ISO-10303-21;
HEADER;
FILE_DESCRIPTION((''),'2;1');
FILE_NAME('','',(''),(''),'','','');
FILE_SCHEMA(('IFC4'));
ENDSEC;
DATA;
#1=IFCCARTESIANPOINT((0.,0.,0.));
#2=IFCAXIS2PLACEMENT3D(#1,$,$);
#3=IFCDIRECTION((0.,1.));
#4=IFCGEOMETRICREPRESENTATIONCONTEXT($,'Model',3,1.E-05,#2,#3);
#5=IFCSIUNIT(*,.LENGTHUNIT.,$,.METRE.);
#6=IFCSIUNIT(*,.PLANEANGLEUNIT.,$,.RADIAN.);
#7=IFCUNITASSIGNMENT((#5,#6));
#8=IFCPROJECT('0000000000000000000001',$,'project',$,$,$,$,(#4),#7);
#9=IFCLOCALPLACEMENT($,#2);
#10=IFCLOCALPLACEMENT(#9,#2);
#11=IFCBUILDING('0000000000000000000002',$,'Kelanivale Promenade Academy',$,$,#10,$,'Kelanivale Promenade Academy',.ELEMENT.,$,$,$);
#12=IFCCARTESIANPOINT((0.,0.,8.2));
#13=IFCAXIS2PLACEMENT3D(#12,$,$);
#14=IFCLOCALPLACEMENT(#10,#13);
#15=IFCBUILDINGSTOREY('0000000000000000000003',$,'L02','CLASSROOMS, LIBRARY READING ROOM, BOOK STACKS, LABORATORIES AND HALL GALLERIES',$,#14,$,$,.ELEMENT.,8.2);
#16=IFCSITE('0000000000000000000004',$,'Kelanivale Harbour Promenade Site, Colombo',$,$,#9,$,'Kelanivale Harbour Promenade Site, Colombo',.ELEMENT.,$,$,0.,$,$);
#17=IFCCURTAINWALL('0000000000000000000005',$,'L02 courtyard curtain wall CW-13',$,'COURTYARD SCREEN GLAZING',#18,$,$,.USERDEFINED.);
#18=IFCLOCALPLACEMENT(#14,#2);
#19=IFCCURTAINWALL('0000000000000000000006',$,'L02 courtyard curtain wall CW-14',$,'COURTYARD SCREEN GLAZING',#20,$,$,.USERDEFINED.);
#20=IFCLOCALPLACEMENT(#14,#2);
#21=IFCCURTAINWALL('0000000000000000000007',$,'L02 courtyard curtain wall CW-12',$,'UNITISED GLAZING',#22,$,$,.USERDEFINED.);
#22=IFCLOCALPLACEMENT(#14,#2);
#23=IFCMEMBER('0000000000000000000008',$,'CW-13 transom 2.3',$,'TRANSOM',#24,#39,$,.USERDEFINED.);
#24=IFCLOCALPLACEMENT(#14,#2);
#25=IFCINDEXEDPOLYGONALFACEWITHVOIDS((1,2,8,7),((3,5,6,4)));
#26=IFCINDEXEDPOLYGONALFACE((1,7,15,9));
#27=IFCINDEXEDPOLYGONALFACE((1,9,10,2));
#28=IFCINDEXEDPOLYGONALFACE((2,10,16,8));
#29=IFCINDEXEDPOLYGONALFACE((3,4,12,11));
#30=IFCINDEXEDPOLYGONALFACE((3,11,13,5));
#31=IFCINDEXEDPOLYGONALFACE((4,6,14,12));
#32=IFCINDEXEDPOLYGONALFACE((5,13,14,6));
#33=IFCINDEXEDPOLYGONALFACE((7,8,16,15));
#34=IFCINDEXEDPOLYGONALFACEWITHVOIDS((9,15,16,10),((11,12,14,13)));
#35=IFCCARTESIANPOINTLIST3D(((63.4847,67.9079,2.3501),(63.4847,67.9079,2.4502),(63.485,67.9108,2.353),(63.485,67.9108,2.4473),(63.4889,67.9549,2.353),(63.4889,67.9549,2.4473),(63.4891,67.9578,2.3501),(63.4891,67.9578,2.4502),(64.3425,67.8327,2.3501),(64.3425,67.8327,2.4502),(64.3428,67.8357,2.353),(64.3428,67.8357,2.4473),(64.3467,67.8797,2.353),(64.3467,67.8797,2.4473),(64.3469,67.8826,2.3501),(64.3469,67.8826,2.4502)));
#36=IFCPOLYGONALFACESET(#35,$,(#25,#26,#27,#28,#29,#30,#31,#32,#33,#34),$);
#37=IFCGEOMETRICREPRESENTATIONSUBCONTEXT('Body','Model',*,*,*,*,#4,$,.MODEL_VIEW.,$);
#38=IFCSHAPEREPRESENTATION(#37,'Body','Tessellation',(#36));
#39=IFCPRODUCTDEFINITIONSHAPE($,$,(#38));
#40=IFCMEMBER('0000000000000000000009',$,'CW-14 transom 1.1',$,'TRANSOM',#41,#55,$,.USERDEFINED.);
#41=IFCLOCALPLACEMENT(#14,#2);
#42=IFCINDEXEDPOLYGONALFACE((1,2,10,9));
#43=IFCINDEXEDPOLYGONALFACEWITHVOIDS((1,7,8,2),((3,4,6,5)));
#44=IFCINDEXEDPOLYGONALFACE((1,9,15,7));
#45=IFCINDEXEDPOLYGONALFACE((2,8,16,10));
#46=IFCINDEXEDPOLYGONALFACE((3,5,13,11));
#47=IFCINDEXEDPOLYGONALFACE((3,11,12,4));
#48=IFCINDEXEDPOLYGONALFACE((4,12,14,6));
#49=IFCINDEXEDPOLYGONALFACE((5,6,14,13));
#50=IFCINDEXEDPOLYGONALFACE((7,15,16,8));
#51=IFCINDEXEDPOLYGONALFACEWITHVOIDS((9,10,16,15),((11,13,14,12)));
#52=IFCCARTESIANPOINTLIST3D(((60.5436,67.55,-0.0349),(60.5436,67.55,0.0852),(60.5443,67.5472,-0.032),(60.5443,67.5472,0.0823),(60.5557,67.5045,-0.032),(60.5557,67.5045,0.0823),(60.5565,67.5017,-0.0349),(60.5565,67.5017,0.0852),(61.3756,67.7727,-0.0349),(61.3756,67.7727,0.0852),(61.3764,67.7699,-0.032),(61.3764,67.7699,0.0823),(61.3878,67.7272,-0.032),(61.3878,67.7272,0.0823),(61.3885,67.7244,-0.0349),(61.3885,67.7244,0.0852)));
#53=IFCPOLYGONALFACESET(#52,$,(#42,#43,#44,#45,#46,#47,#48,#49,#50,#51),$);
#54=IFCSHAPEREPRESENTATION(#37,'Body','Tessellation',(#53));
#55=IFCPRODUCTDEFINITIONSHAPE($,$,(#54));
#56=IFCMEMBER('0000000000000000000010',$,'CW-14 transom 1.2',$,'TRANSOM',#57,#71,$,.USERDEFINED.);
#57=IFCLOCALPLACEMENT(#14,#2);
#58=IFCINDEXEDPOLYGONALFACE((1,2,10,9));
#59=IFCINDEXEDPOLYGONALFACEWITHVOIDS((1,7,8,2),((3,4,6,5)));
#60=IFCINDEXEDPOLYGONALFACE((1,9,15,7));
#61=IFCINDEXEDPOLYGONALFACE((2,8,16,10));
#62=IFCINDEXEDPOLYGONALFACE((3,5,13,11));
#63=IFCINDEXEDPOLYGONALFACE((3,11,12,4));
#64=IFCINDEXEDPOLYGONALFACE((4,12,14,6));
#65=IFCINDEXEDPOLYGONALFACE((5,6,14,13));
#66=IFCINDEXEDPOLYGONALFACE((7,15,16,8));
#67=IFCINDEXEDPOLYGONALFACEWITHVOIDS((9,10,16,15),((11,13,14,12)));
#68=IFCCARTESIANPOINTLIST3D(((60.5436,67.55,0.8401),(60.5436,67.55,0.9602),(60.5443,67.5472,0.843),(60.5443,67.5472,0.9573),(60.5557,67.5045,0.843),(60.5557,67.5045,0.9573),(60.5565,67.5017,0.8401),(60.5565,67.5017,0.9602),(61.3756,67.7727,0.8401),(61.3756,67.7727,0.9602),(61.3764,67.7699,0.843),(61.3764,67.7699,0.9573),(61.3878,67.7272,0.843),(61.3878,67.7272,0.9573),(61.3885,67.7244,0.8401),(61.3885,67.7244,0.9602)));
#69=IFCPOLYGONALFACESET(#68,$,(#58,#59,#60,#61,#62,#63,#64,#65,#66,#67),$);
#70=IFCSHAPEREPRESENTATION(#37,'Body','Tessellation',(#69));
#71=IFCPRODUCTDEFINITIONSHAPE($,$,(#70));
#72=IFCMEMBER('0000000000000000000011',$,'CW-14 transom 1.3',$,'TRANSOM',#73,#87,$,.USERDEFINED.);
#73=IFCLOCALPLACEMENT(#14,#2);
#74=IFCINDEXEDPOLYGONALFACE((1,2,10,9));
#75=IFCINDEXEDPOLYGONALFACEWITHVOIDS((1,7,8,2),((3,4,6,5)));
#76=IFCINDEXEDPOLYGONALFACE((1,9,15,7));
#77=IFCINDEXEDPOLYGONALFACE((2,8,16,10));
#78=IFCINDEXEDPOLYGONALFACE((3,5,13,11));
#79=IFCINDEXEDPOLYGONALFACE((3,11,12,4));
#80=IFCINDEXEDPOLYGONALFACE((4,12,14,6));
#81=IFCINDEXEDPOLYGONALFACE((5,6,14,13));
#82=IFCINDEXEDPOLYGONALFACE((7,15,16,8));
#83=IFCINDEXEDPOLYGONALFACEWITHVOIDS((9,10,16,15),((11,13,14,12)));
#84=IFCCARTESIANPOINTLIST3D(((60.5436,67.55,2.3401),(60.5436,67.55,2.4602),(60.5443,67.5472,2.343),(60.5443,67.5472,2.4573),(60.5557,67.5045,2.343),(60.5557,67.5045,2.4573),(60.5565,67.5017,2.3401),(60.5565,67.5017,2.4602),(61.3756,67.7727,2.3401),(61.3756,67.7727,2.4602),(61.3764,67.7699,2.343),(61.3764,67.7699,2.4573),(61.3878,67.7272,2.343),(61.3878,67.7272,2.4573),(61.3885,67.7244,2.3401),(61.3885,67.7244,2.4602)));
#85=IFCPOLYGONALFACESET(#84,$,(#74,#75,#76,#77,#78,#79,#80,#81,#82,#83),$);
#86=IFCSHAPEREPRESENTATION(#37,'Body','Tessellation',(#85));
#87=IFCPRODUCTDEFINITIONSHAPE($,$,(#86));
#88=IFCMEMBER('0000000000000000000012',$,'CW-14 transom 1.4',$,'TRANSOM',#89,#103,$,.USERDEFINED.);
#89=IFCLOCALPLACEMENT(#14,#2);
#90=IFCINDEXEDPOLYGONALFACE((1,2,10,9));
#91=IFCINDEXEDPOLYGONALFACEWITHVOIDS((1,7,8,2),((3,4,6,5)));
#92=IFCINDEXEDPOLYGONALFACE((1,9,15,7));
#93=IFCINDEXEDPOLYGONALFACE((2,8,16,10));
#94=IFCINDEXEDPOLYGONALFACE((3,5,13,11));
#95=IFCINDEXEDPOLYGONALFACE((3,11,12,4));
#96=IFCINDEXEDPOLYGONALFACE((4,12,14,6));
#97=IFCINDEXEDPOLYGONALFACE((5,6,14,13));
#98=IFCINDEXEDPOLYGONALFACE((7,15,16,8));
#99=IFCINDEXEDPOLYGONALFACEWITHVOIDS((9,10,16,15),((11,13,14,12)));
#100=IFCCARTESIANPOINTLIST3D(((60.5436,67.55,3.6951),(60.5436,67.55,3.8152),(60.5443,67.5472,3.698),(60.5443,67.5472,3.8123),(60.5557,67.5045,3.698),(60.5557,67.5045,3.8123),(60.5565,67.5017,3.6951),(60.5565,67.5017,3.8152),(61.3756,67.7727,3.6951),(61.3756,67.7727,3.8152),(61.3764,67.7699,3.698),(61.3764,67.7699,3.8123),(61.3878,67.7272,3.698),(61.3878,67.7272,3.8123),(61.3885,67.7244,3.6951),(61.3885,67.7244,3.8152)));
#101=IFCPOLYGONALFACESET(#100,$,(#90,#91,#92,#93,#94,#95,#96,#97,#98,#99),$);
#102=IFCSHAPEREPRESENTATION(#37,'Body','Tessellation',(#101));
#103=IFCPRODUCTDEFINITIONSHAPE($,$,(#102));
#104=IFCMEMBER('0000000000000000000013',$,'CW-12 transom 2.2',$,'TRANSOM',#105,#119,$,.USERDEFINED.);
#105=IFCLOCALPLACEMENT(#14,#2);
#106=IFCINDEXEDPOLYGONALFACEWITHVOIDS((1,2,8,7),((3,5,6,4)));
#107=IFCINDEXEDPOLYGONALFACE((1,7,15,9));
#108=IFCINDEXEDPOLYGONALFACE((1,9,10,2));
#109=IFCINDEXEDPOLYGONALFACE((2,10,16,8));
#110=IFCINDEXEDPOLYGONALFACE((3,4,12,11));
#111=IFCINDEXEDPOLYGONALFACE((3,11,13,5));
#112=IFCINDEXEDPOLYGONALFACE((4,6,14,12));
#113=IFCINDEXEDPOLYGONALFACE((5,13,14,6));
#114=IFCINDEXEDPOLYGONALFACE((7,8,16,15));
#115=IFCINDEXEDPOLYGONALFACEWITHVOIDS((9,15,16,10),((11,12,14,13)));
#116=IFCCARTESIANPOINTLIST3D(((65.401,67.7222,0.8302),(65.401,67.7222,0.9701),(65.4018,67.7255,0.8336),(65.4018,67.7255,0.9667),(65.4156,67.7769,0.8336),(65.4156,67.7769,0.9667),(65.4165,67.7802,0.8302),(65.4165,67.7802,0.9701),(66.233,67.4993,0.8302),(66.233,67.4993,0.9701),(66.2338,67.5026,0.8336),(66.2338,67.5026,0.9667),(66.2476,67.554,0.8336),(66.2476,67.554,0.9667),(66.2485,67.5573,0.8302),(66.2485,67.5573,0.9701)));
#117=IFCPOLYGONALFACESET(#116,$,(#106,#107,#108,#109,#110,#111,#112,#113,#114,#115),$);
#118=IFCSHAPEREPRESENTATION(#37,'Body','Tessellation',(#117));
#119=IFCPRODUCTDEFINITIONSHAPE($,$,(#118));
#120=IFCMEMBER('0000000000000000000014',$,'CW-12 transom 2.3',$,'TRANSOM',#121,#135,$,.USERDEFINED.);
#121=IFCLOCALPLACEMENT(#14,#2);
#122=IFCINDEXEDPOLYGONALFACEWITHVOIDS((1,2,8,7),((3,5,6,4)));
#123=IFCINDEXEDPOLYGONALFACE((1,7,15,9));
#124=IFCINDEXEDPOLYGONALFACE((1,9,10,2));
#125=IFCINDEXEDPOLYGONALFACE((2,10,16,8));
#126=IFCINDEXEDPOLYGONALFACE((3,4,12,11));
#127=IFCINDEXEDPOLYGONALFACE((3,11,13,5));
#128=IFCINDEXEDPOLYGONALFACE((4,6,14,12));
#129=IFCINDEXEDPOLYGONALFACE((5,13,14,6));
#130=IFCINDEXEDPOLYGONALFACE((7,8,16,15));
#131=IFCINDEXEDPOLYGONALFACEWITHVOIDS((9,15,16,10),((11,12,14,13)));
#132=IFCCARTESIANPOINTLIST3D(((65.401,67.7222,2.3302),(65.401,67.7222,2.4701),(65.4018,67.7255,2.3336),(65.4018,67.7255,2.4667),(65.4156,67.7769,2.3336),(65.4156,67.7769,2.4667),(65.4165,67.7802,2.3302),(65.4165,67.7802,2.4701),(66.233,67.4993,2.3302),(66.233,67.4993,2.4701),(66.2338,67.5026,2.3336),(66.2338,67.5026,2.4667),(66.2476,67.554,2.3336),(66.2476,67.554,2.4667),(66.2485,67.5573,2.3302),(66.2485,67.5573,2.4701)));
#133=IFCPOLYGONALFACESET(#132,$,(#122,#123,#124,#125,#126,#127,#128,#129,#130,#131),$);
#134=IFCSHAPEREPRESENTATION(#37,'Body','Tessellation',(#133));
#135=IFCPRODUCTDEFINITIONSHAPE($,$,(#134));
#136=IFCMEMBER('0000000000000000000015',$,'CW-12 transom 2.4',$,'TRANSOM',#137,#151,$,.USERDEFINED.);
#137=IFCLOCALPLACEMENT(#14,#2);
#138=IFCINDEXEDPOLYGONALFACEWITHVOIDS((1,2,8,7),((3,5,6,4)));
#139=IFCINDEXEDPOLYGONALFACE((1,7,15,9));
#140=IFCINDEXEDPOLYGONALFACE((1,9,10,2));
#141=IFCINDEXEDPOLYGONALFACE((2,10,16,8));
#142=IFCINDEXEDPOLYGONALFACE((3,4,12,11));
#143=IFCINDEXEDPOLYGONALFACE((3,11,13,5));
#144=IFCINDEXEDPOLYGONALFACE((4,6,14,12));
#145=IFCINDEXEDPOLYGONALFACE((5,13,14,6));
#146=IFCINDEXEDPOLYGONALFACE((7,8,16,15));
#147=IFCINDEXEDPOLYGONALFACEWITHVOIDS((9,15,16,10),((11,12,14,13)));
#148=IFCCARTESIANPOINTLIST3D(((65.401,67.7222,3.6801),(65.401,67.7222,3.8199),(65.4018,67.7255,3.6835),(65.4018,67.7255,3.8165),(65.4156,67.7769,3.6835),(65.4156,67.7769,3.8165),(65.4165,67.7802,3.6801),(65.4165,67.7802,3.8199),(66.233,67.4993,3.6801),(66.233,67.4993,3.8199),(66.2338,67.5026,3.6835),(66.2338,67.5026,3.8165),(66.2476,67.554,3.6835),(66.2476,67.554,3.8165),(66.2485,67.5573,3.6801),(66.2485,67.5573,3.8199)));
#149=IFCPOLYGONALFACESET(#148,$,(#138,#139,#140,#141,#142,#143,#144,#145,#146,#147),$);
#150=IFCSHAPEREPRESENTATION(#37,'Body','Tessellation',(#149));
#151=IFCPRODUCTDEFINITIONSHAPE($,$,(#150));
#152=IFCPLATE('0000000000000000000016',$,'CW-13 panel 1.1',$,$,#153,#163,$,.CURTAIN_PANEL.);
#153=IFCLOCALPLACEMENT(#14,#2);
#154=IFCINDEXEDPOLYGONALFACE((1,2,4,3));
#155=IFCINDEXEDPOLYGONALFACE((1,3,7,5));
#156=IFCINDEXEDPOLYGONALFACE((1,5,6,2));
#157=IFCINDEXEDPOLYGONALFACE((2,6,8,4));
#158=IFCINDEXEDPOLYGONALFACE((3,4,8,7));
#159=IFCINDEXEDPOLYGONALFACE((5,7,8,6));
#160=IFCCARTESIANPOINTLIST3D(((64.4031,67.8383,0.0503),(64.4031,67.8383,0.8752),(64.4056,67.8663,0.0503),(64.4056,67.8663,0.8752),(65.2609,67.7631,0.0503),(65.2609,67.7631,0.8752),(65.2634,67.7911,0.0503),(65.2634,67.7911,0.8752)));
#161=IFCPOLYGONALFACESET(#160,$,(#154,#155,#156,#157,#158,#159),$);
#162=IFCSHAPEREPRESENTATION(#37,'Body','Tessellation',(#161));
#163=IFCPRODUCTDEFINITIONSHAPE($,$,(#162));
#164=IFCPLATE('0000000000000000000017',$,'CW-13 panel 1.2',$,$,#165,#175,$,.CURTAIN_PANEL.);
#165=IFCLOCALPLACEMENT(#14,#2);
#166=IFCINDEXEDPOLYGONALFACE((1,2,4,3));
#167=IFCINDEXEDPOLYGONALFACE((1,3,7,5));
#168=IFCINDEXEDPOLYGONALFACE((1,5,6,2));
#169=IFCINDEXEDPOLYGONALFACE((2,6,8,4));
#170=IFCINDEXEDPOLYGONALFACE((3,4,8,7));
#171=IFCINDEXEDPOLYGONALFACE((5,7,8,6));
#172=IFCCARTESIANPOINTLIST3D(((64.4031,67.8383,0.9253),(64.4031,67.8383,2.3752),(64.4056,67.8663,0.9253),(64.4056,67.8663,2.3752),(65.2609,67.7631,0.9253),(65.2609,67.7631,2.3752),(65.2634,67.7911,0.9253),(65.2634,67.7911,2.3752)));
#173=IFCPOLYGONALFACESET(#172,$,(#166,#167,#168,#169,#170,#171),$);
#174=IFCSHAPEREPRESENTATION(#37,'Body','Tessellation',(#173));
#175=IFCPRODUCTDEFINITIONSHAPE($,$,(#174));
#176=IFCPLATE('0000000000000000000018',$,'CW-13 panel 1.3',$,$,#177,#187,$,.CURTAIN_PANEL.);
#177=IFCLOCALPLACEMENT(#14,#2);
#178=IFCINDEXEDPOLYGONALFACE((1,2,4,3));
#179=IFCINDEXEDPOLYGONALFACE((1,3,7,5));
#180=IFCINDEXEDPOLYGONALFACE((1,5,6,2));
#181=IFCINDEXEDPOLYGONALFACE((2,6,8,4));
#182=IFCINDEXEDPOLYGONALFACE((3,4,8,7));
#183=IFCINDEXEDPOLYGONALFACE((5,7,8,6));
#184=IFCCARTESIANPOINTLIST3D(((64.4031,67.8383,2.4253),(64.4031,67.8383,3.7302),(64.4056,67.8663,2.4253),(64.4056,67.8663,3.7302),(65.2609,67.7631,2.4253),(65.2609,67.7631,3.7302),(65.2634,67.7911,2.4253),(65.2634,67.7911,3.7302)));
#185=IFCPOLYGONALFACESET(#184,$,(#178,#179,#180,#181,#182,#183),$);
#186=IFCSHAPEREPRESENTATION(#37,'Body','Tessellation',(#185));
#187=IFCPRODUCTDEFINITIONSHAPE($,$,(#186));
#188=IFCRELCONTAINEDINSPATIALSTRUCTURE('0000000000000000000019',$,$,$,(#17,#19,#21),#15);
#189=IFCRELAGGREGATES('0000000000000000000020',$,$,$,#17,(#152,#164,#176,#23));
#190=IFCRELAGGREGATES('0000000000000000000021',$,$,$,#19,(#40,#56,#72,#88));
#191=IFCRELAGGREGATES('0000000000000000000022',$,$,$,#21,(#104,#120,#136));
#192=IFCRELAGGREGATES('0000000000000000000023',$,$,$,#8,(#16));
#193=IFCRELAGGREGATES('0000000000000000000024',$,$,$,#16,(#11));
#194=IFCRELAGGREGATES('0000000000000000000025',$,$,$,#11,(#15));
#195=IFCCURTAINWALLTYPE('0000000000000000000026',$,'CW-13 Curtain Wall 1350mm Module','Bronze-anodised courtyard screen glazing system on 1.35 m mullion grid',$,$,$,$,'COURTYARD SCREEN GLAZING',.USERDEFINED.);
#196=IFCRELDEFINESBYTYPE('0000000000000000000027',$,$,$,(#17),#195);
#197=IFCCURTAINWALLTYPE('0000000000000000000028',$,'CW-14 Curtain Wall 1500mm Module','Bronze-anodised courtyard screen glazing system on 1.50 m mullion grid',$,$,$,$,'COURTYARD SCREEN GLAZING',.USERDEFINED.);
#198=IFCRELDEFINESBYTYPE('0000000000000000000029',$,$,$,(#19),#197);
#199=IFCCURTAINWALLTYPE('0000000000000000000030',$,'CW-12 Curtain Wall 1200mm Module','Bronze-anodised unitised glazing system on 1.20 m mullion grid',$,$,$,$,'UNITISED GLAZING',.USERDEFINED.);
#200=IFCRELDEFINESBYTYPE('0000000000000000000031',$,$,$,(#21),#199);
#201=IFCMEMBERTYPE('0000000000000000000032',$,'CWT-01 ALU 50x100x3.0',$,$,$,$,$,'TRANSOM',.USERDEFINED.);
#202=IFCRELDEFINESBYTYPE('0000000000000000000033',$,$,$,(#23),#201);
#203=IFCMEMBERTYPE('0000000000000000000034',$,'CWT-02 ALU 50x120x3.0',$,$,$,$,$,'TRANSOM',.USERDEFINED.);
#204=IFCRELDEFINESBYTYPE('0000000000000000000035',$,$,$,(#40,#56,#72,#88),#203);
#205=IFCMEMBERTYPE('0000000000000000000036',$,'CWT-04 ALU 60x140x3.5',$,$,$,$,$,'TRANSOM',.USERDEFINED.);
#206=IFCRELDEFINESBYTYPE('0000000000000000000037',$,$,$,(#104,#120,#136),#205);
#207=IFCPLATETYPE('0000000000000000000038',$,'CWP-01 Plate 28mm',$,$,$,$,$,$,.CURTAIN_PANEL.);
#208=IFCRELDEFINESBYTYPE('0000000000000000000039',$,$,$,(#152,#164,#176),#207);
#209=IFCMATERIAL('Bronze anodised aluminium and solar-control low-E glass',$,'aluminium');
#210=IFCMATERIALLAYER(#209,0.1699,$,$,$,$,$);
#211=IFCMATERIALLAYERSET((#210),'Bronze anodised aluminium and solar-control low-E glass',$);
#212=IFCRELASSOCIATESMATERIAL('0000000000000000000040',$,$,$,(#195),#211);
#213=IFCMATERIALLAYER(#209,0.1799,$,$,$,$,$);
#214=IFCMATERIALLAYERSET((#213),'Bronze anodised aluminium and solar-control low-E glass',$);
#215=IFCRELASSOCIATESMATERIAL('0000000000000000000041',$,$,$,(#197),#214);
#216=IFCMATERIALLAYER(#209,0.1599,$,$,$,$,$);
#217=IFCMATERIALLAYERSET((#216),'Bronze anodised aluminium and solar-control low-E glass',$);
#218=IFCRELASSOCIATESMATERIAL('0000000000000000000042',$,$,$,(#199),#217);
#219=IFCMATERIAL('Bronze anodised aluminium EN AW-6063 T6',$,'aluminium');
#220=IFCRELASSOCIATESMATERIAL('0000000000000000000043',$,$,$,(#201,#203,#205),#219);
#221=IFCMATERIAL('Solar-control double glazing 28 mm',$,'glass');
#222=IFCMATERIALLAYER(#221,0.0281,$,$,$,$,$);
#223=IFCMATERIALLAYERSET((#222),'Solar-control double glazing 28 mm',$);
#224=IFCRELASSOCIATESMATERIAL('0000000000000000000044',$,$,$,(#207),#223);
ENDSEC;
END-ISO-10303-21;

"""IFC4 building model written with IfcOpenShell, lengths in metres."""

from ifc_helpers import new_model, si_unit, direction, frame, origin, origin_2d, place, context, subcontext, project, spatial, rectangle, hollow_rectangle, extrude, material, layer, layer_set, material_profile, profile_set, type_object, element, aggregate, save


model = new_model("IFC4")

# Units and contexts
model_context = context("Model", 3, precision=1e-05, world=origin(), true_north=direction((0.0, 1.0)))
body_context = subcontext(model_context, "Body", "Model", "MODEL_VIEW")
ifc_project = project(units=[si_unit("LENGTHUNIT", "METRE"), si_unit("PLANEANGLEUNIT", "RADIAN")], contexts=[model_context])

# Site, building, storey
site_placement = place(None, origin())
site = spatial("IfcSite", under=ifc_project, at=site_placement, Name="Kelanivale Harbour Promenade Site, Colombo", LongName="Kelanivale Harbour Promenade Site, Colombo", CompositionType="ELEMENT", RefElevation=0.0)
building_placement = place(site_placement, origin())
building = spatial("IfcBuilding", under=site, at=building_placement, Name="Kelanivale Promenade Academy", LongName="Kelanivale Promenade Academy", CompositionType="ELEMENT")
storey_placement = place(building_placement, frame((0.0, 0.0, 8.2)))
storey = spatial("IfcBuildingStorey", under=building, at=storey_placement, Name="L02", Description="CLASSROOMS, LIBRARY READING ROOM, BOOK STACKS, LABORATORIES AND HALL GALLERIES", CompositionType="ELEMENT", Elevation=8.2)

# Curtain wall
ifc_material_1 = material(Name="Bronze anodised aluminium and solar-control low-E glass", Category="aluminium")
ifc_layer_1 = layer(ifc_material_1, 0.1699)
ifc_layer_set_1 = layer_set([ifc_layer_1], Name="Bronze anodised aluminium and solar-control low-E glass")
curtain_wall_type_1 = type_object("IfcCurtainWallType", Name="CW-13 Curtain Wall 1350mm Module", Description="Bronze-anodised courtyard screen glazing system on 1.35 m mullion grid", ElementType="COURTYARD SCREEN GLAZING", PredefinedType="USERDEFINED", material=ifc_layer_set_1)
curtain_wall_1_placement = place(storey_placement, origin())
curtain_wall_1 = element("IfcCurtainWall", 1, at=curtain_wall_1_placement, inside=storey, type_object=curtain_wall_type_1, Name="L02 courtyard curtain wall CW-13", ObjectType="COURTYARD SCREEN GLAZING", PredefinedType="USERDEFINED")
ifc_material_2 = material(Name="Bronze anodised aluminium EN AW-6063 T6", Category="aluminium")

# Curtain walls
ifc_layer_2 = layer(ifc_material_1, 0.1799)
ifc_layer_set_2 = layer_set([ifc_layer_2], Name="Bronze anodised aluminium and solar-control low-E glass")
curtain_wall_type_2 = type_object("IfcCurtainWallType", Name="CW-14 Curtain Wall 1500mm Module", Description="Bronze-anodised courtyard screen glazing system on 1.50 m mullion grid", ElementType="COURTYARD SCREEN GLAZING", PredefinedType="USERDEFINED", material=ifc_layer_set_2)
curtain_wall_2_placement = place(storey_placement, origin())
curtain_wall_2 = element("IfcCurtainWall", 2, at=curtain_wall_2_placement, inside=storey, type_object=curtain_wall_type_2, Name="L02 courtyard curtain wall CW-14", ObjectType="COURTYARD SCREEN GLAZING", PredefinedType="USERDEFINED")
ifc_layer_3 = layer(ifc_material_1, 0.1599)
ifc_layer_set_3 = layer_set([ifc_layer_3], Name="Bronze anodised aluminium and solar-control low-E glass")
curtain_wall_type_3 = type_object("IfcCurtainWallType", Name="CW-12 Curtain Wall 1200mm Module", Description="Bronze-anodised unitised glazing system on 1.20 m mullion grid", ElementType="UNITISED GLAZING", PredefinedType="USERDEFINED", material=ifc_layer_set_3)
curtain_wall_3_placement = place(storey_placement, origin())
curtain_wall_3 = element("IfcCurtainWall", 3, at=curtain_wall_3_placement, inside=storey, type_object=curtain_wall_type_3, Name="L02 courtyard curtain wall CW-12", ObjectType="UNITISED GLAZING", PredefinedType="USERDEFINED")

# Members
ifc_material_profile_1 = material_profile(ifc_material_2, hollow_rectangle(XDim=0.05, YDim=0.1001, WallThickness=0.0029, at=origin_2d()), Name="ALU 50x100x3.0")
ifc_profile_set_1 = profile_set([ifc_material_profile_1], Name="Bronze anodised aluminium EN AW-6063 T6")
member_type_1 = type_object("IfcMemberType", Name="CWT-01 ALU 50x100x3.0", ElementType="TRANSOM", PredefinedType="USERDEFINED", material=ifc_profile_set_1)
member_1_placement = place(storey_placement, frame((64.3447, 67.8577, 2.4001), z_axis=(-0.996181, 0.087315, 0.0), x_axis=(-0.087315, -0.996181, 0.0)))
member_1 = element("IfcMember", 4, at=member_1_placement, type_object=member_type_1, Name="CW-13 transom 2.3", ObjectType="TRANSOM", PredefinedType="USERDEFINED", context=body_context, shape_type="SweptSolid", body=[
    extrude(hollow_rectangle(XDim=0.05, YDim=0.1001, WallThickness=0.0029, at=origin_2d()), origin(), (0.0, 0.0, 1.0), 0.8611),
])
ifc_material_profile_2 = material_profile(ifc_material_2, hollow_rectangle(XDim=0.05, YDim=0.1201, WallThickness=0.0029, at=origin_2d()), Name="ALU 50x120x3.0")
ifc_profile_set_2 = profile_set([ifc_material_profile_2], Name="Bronze anodised aluminium EN AW-6063 T6")
member_type_2 = type_object("IfcMemberType", Name="CWT-02 ALU 50x120x3.0", ElementType="TRANSOM", PredefinedType="USERDEFINED", material=ifc_profile_set_2)
member_2_placement = place(storey_placement, frame((61.3821, 67.7485, 0.0251), z_axis=(-0.966009, -0.258509, 0.0), x_axis=(0.258509, -0.966009, 0.0)))
member_2 = element("IfcMember", 5, at=member_2_placement, type_object=member_type_2, Name="CW-14 transom 1.1", ObjectType="TRANSOM", PredefinedType="USERDEFINED", context=body_context, shape_type="SweptSolid", body=[
    extrude(hollow_rectangle(XDim=0.05, YDim=0.1201, WallThickness=0.0029, at=origin_2d()), origin(), (0.0, 0.0, 1.0), 0.8613),
])
member_3_placement = place(storey_placement, frame((61.3821, 67.7485, 0.9001), z_axis=(-0.966009, -0.258509, 0.0), x_axis=(0.258509, -0.966009, 0.0)))
member_3 = element("IfcMember", 6, at=member_3_placement, type_object=member_type_2, Name="CW-14 transom 1.2", ObjectType="TRANSOM", PredefinedType="USERDEFINED", context=body_context, shape_type="SweptSolid", body=[
    extrude(hollow_rectangle(XDim=0.05, YDim=0.1201, WallThickness=0.0029, at=origin_2d()), origin(), (0.0, 0.0, 1.0), 0.8613),
])
member_4_placement = place(storey_placement, frame((61.3821, 67.7485, 2.4001), z_axis=(-0.966009, -0.258509, 0.0), x_axis=(0.258509, -0.966009, 0.0)))
member_4 = element("IfcMember", 7, at=member_4_placement, type_object=member_type_2, Name="CW-14 transom 1.3", ObjectType="TRANSOM", PredefinedType="USERDEFINED", context=body_context, shape_type="SweptSolid", body=[
    extrude(hollow_rectangle(XDim=0.05, YDim=0.1201, WallThickness=0.0029, at=origin_2d()), origin(), (0.0, 0.0, 1.0), 0.8613),
])
member_5_placement = place(storey_placement, frame((61.3821, 67.7485, 3.7551), z_axis=(-0.966009, -0.258509, 0.0), x_axis=(0.258509, -0.966009, 0.0)))
member_5 = element("IfcMember", 8, at=member_5_placement, type_object=member_type_2, Name="CW-14 transom 1.4", ObjectType="TRANSOM", PredefinedType="USERDEFINED", context=body_context, shape_type="SweptSolid", body=[
    extrude(hollow_rectangle(XDim=0.05, YDim=0.1201, WallThickness=0.0029, at=origin_2d()), origin(), (0.0, 0.0, 1.0), 0.8613),
])
ifc_material_profile_3 = material_profile(ifc_material_2, hollow_rectangle(XDim=0.0601, YDim=0.1399, WallThickness=0.0034, at=origin_2d()), Name="ALU 60x140x3.5")
ifc_profile_set_3 = profile_set([ifc_material_profile_3], Name="Bronze anodised aluminium EN AW-6063 T6")
member_type_3 = type_object("IfcMemberType", Name="CWT-04 ALU 60x140x3.5", ElementType="TRANSOM", PredefinedType="USERDEFINED", material=ifc_profile_set_3)
member_6_placement = place(storey_placement, frame((66.2407, 67.5283, 0.9001), z_axis=(-0.965938, 0.258774, 0.0), x_axis=(-0.258774, -0.965938, 0.0)))
member_6 = element("IfcMember", 9, at=member_6_placement, type_object=member_type_3, Name="CW-12 transom 2.2", ObjectType="TRANSOM", PredefinedType="USERDEFINED", context=body_context, shape_type="SweptSolid", body=[
    extrude(hollow_rectangle(XDim=0.0601, YDim=0.1399, WallThickness=0.0034, at=origin_2d()), origin(), (0.0, 0.0, 1.0), 0.8613),
])
member_7_placement = place(storey_placement, frame((66.2407, 67.5283, 2.4001), z_axis=(-0.965938, 0.258774, 0.0), x_axis=(-0.258774, -0.965938, 0.0)))
member_7 = element("IfcMember", 10, at=member_7_placement, type_object=member_type_3, Name="CW-12 transom 2.3", ObjectType="TRANSOM", PredefinedType="USERDEFINED", context=body_context, shape_type="SweptSolid", body=[
    extrude(hollow_rectangle(XDim=0.0601, YDim=0.1399, WallThickness=0.0034, at=origin_2d()), origin(), (0.0, 0.0, 1.0), 0.8613),
])
member_8_placement = place(storey_placement, frame((66.2407, 67.5283, 3.75), z_axis=(-0.965938, 0.258774, 0.0), x_axis=(-0.258774, -0.965938, 0.0)))
member_8 = element("IfcMember", 11, at=member_8_placement, type_object=member_type_3, Name="CW-12 transom 2.4", ObjectType="TRANSOM", PredefinedType="USERDEFINED", context=body_context, shape_type="SweptSolid", body=[
    extrude(hollow_rectangle(XDim=0.0601, YDim=0.1399, WallThickness=0.0034, at=origin_2d()), origin(), (0.0, 0.0, 1.0), 0.8613),
])

# Plates
ifc_material_3 = material(Name="Solar-control double glazing 28 mm", Category="glass")
ifc_layer_4 = layer(ifc_material_3, 0.0281)
ifc_layer_set_4 = layer_set([ifc_layer_4], Name="Solar-control double glazing 28 mm")
plate_type_1 = type_object("IfcPlateType", Name="CWP-01 Plate 28mm", PredefinedType="CURTAIN_PANEL", material=ifc_layer_set_4)
plate_1_placement = place(storey_placement, frame((64.8333, 67.8147, 0.0503), z_axis=(0.0, 0.0, 1.0), x_axis=(-0.996185, 0.087265, 0.0)))
plate_1 = element("IfcPlate", 12, at=plate_1_placement, type_object=plate_type_1, Name="CW-13 panel 1.1", PredefinedType="CURTAIN_PANEL", context=body_context, shape_type="SweptSolid", body=[
    extrude(rectangle(XDim=0.8611, YDim=0.0281, at=origin_2d()), origin(), (0.0, 0.0, 1.0), 0.825),
])
plate_2_placement = place(storey_placement, frame((64.8333, 67.8147, 0.9253), z_axis=(0.0, 0.0, 1.0), x_axis=(-0.996185, 0.087265, 0.0)))
plate_2 = element("IfcPlate", 13, at=plate_2_placement, type_object=plate_type_1, Name="CW-13 panel 1.2", PredefinedType="CURTAIN_PANEL", context=body_context, shape_type="SweptSolid", body=[
    extrude(rectangle(XDim=0.8611, YDim=0.0281, at=origin_2d()), origin(), (0.0, 0.0, 1.0), 1.45),
])
plate_3_placement = place(storey_placement, frame((64.8333, 67.8147, 2.4253), z_axis=(0.0, 0.0, 1.0), x_axis=(-0.996185, 0.087265, 0.0)))
plate_3 = element("IfcPlate", 14, at=plate_3_placement, type_object=plate_type_1, Name="CW-13 panel 1.3", PredefinedType="CURTAIN_PANEL", context=body_context, shape_type="SweptSolid", body=[
    extrude(rectangle(XDim=0.8611, YDim=0.0281, at=origin_2d()), origin(), (0.0, 0.0, 1.0), 1.3049),
])
aggregate(curtain_wall_1, [plate_1, plate_2, plate_3, member_1])
aggregate(curtain_wall_2, [member_2, member_3, member_4, member_5])
aggregate(curtain_wall_3, [member_6, member_7, member_8])

save(model, "model.ifc")
